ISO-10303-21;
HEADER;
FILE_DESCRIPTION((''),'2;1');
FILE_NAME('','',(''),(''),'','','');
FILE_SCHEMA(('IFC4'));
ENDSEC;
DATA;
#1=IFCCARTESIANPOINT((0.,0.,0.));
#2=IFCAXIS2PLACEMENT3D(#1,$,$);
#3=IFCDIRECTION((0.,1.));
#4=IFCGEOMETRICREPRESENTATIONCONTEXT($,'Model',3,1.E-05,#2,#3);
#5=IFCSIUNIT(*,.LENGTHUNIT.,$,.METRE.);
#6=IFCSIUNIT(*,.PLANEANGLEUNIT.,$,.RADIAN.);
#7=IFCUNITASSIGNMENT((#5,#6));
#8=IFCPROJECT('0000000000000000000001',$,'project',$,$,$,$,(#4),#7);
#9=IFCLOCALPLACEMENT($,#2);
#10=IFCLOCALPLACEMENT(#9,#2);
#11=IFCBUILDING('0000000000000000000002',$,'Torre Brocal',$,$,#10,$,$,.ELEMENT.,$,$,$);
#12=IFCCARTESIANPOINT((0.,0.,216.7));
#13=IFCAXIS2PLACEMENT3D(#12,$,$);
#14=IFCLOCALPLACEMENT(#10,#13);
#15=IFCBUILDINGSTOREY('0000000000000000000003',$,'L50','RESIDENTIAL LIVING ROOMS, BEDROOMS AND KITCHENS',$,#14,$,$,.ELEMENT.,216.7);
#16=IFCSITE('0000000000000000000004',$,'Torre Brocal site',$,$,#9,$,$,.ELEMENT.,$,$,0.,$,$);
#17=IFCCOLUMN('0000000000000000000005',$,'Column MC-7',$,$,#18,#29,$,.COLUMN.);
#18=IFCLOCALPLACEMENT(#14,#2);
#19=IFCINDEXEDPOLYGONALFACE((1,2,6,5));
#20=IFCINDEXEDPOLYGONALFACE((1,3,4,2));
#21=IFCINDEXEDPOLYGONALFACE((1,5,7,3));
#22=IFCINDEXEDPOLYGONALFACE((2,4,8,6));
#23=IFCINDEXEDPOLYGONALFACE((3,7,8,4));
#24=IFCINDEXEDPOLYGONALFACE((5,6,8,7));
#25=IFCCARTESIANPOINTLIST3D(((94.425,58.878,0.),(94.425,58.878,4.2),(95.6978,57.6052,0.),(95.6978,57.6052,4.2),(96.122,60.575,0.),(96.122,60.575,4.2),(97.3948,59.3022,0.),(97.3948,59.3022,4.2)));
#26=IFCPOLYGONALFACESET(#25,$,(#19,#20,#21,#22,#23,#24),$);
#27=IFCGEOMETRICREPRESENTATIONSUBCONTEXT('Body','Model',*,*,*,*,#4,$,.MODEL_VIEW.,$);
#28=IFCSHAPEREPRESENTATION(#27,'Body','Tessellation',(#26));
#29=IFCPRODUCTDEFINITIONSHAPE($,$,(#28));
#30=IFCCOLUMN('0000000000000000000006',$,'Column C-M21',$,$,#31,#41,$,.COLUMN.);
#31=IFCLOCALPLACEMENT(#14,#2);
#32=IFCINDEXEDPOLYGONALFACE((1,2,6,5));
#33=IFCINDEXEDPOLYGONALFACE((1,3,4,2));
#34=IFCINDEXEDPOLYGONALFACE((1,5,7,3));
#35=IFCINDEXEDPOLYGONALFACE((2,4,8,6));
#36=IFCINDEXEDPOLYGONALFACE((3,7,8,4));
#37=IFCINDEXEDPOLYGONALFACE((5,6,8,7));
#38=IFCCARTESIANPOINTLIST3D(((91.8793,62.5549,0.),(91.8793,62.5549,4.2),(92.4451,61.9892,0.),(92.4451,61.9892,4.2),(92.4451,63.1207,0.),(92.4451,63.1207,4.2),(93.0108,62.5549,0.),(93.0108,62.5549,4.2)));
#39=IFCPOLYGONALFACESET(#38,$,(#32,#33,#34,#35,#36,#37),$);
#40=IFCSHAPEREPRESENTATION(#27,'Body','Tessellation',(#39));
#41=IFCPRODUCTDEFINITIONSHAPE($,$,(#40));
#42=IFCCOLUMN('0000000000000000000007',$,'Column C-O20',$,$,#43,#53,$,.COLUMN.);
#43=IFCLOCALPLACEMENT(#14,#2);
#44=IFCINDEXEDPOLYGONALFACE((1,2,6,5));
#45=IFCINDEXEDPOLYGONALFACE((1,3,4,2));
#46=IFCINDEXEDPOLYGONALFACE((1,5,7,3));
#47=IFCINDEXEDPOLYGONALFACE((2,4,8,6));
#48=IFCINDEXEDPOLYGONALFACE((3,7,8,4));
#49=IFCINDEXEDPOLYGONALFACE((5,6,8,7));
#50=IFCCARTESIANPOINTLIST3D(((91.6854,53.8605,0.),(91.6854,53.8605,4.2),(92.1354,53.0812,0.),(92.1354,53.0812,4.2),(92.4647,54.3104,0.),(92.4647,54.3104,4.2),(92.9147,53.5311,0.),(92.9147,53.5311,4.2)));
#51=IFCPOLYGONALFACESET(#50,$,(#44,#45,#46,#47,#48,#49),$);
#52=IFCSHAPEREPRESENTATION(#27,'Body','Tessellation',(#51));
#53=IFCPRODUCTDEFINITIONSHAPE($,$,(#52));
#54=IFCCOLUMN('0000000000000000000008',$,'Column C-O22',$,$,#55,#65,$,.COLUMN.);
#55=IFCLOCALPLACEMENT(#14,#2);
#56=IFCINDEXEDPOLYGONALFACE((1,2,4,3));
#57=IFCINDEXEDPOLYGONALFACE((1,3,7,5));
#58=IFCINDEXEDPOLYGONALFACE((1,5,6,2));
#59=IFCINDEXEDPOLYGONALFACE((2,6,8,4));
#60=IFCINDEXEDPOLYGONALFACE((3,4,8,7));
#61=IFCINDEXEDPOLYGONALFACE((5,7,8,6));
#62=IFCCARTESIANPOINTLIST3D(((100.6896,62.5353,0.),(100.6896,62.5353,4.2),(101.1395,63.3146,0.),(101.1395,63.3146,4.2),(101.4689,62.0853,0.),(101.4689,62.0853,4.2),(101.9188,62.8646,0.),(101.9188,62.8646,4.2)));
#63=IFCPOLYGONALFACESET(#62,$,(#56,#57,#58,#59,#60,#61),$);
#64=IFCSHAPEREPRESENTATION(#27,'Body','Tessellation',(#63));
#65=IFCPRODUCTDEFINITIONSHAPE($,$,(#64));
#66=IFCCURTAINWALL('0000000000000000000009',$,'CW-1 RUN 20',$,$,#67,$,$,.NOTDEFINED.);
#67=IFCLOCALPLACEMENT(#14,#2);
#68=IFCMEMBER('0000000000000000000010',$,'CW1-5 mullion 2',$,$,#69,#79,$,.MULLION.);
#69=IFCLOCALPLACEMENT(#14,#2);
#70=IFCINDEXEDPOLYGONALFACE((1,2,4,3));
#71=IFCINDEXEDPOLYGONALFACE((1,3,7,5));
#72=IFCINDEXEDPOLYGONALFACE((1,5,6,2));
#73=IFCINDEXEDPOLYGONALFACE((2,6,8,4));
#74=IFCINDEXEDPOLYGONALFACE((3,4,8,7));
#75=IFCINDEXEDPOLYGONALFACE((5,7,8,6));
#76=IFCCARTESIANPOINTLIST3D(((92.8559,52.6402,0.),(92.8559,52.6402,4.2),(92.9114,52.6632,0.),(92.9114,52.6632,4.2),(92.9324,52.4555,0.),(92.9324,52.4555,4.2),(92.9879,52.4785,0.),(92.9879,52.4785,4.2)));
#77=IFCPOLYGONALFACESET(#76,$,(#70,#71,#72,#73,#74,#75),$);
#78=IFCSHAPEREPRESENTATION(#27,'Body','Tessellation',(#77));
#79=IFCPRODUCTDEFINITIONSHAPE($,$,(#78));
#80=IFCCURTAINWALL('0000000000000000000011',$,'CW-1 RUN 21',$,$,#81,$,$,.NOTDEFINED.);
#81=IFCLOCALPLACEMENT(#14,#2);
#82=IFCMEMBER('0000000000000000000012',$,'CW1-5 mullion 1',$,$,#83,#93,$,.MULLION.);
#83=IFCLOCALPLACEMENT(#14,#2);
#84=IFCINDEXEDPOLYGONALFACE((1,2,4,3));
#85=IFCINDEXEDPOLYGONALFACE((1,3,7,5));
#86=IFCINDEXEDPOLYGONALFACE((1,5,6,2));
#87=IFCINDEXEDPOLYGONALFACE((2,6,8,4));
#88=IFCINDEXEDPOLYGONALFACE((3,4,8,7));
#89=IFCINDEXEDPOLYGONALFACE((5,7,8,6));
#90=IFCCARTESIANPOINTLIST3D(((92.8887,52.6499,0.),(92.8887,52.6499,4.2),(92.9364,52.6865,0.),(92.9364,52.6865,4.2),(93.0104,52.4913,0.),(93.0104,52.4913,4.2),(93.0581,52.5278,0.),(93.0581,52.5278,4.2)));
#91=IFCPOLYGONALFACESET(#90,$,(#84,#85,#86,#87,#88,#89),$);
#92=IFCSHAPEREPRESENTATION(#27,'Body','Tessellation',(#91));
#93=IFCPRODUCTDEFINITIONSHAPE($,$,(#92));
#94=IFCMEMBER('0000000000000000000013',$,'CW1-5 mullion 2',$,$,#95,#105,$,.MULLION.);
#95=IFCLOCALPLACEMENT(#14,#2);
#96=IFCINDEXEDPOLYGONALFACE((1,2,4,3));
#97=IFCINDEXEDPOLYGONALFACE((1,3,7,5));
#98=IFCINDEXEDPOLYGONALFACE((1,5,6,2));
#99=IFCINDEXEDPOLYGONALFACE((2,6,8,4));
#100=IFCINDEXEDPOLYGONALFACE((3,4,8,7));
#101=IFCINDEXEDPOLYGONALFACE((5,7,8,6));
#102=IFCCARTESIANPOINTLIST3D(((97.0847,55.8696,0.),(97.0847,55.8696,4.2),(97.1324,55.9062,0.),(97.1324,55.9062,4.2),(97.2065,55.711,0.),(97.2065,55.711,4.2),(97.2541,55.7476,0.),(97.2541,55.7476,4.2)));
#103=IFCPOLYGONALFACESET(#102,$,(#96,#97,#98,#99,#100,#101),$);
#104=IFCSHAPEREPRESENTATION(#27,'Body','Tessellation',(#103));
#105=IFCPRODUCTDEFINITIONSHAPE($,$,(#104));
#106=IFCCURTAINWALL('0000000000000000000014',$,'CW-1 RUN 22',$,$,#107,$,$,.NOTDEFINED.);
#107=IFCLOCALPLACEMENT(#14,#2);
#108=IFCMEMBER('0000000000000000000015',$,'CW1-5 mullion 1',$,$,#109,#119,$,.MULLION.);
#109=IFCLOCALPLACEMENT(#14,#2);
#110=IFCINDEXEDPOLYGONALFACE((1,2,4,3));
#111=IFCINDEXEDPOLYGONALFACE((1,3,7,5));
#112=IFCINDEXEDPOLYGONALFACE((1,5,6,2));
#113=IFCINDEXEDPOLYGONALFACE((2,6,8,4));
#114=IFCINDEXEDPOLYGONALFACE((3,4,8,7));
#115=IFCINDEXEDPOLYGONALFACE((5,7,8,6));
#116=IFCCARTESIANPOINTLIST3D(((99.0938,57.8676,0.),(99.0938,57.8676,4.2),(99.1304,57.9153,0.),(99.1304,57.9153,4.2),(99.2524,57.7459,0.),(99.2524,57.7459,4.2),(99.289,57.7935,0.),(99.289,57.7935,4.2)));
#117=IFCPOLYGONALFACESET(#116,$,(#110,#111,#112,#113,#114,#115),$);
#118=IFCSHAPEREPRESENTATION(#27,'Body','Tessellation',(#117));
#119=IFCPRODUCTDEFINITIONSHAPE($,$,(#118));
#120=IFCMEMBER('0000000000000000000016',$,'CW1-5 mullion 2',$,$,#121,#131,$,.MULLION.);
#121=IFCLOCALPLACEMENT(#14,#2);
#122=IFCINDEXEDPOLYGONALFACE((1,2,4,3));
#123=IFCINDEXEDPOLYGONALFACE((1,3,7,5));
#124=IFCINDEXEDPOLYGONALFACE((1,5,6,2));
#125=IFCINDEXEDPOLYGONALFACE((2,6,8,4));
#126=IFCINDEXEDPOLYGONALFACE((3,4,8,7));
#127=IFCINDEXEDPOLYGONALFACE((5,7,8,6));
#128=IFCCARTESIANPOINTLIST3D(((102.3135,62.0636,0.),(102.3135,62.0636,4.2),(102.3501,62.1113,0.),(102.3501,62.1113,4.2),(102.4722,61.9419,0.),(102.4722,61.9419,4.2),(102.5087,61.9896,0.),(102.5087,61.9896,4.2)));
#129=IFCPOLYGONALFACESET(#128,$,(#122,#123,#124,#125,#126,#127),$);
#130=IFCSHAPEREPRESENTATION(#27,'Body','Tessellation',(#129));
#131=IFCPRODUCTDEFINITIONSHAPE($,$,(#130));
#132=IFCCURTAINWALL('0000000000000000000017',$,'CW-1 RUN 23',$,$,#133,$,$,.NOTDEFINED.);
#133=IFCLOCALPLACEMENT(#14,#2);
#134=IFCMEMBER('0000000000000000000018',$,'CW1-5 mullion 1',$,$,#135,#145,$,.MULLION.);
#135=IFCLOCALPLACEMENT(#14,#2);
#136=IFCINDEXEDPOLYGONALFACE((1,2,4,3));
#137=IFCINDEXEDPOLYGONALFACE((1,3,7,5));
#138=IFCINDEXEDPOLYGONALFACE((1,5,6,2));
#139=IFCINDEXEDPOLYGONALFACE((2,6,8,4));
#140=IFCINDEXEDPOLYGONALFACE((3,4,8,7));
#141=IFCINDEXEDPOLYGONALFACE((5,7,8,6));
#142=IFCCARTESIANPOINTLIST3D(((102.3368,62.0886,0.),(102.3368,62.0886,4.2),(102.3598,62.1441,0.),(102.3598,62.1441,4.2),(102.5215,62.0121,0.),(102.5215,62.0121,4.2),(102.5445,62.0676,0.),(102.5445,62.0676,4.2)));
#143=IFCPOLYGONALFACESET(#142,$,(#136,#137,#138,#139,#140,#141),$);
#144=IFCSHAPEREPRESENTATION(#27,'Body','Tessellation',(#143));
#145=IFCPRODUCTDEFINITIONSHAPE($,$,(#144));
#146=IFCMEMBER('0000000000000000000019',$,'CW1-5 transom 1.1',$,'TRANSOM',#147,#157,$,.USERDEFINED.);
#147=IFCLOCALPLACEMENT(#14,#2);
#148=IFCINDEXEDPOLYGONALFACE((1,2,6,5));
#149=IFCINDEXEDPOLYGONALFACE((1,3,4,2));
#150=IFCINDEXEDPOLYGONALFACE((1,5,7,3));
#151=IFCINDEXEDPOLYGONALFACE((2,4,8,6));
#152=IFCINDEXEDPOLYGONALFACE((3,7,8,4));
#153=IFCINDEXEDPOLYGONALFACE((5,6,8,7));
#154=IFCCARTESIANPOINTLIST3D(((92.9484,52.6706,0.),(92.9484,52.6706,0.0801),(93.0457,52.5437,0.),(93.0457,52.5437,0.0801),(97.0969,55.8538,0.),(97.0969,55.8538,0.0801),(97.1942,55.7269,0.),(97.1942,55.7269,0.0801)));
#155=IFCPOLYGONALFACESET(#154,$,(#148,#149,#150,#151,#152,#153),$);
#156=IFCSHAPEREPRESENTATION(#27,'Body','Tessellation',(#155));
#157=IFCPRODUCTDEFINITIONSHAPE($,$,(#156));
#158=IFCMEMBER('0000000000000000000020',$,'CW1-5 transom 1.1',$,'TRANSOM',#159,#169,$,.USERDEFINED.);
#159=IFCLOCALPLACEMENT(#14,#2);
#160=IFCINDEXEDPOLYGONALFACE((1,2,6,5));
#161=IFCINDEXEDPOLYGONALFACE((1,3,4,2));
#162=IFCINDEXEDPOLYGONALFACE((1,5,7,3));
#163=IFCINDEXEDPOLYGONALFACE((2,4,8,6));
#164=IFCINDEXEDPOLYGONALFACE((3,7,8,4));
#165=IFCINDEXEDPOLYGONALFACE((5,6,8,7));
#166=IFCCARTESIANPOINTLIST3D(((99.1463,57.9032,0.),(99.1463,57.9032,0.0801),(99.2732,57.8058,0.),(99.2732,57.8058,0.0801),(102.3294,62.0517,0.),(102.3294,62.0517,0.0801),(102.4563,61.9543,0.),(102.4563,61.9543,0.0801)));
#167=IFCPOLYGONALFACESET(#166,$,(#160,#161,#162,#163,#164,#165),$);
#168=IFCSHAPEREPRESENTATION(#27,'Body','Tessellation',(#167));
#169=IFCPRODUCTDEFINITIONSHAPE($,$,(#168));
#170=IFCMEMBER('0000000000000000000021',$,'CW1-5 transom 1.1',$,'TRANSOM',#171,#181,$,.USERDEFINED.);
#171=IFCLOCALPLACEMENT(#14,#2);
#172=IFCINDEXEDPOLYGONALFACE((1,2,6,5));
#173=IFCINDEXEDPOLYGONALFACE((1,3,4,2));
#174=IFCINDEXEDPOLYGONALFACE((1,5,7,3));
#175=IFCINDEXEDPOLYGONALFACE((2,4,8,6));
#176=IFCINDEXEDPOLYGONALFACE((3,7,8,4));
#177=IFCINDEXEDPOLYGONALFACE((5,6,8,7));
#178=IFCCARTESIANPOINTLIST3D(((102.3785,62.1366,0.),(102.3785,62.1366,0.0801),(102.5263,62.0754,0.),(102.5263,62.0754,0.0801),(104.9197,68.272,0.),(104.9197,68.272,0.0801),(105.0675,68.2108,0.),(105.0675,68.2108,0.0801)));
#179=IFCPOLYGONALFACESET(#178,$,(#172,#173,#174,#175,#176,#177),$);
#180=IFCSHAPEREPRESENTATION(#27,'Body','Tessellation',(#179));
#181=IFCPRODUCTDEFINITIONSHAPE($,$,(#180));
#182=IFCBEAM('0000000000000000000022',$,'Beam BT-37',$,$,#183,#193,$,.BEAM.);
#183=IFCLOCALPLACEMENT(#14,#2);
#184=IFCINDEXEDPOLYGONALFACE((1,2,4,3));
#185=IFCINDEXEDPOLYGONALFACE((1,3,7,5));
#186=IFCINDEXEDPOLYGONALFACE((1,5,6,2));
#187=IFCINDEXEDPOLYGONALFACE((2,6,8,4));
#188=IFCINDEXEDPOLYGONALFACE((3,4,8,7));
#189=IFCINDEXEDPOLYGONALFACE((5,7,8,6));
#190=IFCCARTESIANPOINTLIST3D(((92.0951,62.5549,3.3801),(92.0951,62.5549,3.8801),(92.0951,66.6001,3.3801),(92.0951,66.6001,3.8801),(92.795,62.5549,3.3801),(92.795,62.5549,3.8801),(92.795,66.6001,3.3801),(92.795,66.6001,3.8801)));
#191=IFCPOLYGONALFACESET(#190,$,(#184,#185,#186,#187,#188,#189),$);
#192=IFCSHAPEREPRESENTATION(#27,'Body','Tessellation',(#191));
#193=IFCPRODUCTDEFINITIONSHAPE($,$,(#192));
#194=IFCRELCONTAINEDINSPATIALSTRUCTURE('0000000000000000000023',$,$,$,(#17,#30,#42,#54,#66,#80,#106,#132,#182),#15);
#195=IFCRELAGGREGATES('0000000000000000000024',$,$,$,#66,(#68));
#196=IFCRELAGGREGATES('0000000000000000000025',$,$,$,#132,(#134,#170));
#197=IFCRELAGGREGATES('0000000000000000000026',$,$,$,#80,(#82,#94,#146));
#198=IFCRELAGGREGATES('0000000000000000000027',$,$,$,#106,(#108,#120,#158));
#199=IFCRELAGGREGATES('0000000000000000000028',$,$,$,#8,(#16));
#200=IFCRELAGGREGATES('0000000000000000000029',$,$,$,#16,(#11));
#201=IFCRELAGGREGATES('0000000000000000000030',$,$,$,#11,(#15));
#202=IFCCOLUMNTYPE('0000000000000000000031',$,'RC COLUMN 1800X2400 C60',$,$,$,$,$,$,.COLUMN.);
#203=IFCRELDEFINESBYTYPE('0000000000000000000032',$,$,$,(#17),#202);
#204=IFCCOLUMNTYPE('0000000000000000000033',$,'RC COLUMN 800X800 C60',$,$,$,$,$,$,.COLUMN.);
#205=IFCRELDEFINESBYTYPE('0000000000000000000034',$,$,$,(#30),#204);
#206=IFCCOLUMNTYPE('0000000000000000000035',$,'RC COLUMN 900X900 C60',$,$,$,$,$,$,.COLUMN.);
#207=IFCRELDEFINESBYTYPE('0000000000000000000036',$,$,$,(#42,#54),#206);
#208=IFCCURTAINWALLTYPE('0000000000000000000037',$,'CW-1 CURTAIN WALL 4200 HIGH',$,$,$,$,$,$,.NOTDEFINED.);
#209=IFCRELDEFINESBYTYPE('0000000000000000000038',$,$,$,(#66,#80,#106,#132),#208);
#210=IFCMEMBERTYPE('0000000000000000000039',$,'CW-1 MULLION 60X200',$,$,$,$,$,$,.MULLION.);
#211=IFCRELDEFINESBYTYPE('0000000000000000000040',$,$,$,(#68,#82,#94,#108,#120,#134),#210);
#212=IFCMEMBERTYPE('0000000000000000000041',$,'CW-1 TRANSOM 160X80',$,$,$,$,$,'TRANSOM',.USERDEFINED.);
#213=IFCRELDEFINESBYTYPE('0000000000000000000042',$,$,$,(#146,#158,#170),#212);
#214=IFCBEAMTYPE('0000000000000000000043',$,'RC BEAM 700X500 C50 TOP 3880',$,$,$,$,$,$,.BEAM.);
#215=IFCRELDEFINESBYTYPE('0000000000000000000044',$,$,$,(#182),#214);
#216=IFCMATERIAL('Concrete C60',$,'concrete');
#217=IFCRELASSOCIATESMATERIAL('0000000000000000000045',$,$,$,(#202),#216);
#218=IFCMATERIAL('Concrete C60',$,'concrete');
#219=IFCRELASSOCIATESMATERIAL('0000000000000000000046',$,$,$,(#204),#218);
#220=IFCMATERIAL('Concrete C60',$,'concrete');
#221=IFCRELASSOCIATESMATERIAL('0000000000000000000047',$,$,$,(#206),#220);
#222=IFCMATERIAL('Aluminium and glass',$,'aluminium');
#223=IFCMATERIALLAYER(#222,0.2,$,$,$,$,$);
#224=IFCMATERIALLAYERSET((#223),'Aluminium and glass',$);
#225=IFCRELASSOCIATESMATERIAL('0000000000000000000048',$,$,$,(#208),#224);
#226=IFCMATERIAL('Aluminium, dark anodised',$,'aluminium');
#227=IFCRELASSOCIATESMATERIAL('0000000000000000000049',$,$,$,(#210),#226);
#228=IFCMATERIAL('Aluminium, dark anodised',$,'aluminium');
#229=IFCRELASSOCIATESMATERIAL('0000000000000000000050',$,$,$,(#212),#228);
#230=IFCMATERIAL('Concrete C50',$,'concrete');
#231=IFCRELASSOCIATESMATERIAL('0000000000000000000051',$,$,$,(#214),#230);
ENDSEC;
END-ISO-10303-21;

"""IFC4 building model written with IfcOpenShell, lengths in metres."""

from ifc_helpers import new_model, si_unit, direction, frame, origin, origin_2d, place, context, subcontext, project, spatial, rectangle, extrude, material, layer, layer_set, material_profile, profile_set, type_object, element, aggregate, save


model = new_model("IFC4")

# Units and contexts
model_context = context("Model", 3, precision=1e-05, world=origin(), true_north=direction((0.0, 1.0)))
body_context = subcontext(model_context, "Body", "Model", "MODEL_VIEW")
ifc_project = project(units=[si_unit("LENGTHUNIT", "METRE"), si_unit("PLANEANGLEUNIT", "RADIAN")], contexts=[model_context])

# Site, building, storey
site_placement = place(None, origin())
site = spatial("IfcSite", under=ifc_project, at=site_placement, Name="Torre Brocal site", CompositionType="ELEMENT", RefElevation=0.0)
building_placement = place(site_placement, origin())
building = spatial("IfcBuilding", under=site, at=building_placement, Name="Torre Brocal", CompositionType="ELEMENT")
storey_placement = place(building_placement, frame((0.0, 0.0, 216.7)))
storey = spatial("IfcBuildingStorey", under=building, at=storey_placement, Name="L50", Description="RESIDENTIAL LIVING ROOMS, BEDROOMS AND KITCHENS", CompositionType="ELEMENT", Elevation=216.7)

# Columns
ifc_material_1 = material(Name="Concrete C60", Category="concrete")
ifc_material_profile_1 = material_profile(ifc_material_1, rectangle(XDim=1.8, YDim=2.3999, at=origin_2d()), Name="RC 1800X2400")
ifc_profile_set_1 = profile_set([ifc_material_profile_1], Name="Concrete C60")
column_type_1 = type_object("IfcColumnType", Name="RC COLUMN 1800X2400 C60", PredefinedType="COLUMN", material=ifc_profile_set_1)
column_1_placement = place(storey_placement, frame((95.9099, 59.0901, 0.0), z_axis=(0.0, 0.0, 1.0), x_axis=(0.707107, -0.707107, 0.0)))
element("IfcColumn", 1, at=column_1_placement, inside=storey, type_object=column_type_1, Name="Column MC-7", PredefinedType="COLUMN", context=body_context, shape_type="SweptSolid", body=[
    extrude(rectangle(XDim=1.8, YDim=2.3999, at=origin_2d()), origin(), (0.0, 0.0, 1.0), 4.2),
])
ifc_material_2 = material(Name="Concrete C60", Category="concrete")
ifc_material_profile_2 = material_profile(ifc_material_2, rectangle(XDim=0.8, YDim=0.8, at=origin_2d()), Name="RC 800X800")
ifc_profile_set_2 = profile_set([ifc_material_profile_2], Name="Concrete C60")
column_type_2 = type_object("IfcColumnType", Name="RC COLUMN 800X800 C60", PredefinedType="COLUMN", material=ifc_profile_set_2)
column_2_placement = place(storey_placement, frame((92.4451, 62.5549, 0.0), z_axis=(0.0, 0.0, 1.0), x_axis=(0.707107, -0.707107, 0.0)))
element("IfcColumn", 2, at=column_2_placement, inside=storey, type_object=column_type_2, Name="Column C-M21", PredefinedType="COLUMN", context=body_context, shape_type="SweptSolid", body=[
    extrude(rectangle(XDim=0.8, YDim=0.8, at=origin_2d()), origin(), (0.0, 0.0, 1.0), 4.2),
])
ifc_material_3 = material(Name="Concrete C60", Category="concrete")
ifc_material_profile_3 = material_profile(ifc_material_3, rectangle(XDim=0.8999, YDim=0.8999, at=origin_2d()), Name="RC 900X900")
ifc_profile_set_3 = profile_set([ifc_material_profile_3], Name="Concrete C60")
column_type_3 = type_object("IfcColumnType", Name="RC COLUMN 900X900 C60", PredefinedType="COLUMN", material=ifc_profile_set_3)
for number, where, z_axis, x_axis, name in (
    (3, (92.3, 53.6958, 0.0), (0.0, 0.0, 1.0), (0.5, -0.866025, 0.0), "Column C-O20"),
    (4, (101.3042, 62.7, 0.0), (0.0, 0.0, 1.0), (0.866025, -0.5, 0.0), "Column C-O22"),
):
    element("IfcColumn", number, at=place(storey_placement, frame(where, z_axis=z_axis, x_axis=x_axis)), inside=storey, type_object=column_type_3, Name=name, PredefinedType="COLUMN", context=body_context, shape_type="SweptSolid", body=[
        extrude(rectangle(XDim=0.8999, YDim=0.8999, at=origin_2d()), origin(), (0.0, 0.0, 1.0), 4.2),
    ])

# Curtain wall, member
ifc_material_4 = material(Name="Aluminium and glass", Category="aluminium")
ifc_layer_1 = layer(ifc_material_4, 0.2)
ifc_layer_set_1 = layer_set([ifc_layer_1], Name="Aluminium and glass")
curtain_wall_type = type_object("IfcCurtainWallType", Name="CW-1 CURTAIN WALL 4200 HIGH", PredefinedType="NOTDEFINED", material=ifc_layer_set_1)
curtain_wall_1_placement = place(storey_placement, origin())
curtain_wall_1 = element("IfcCurtainWall", 5, at=curtain_wall_1_placement, inside=storey, type_object=curtain_wall_type, Name="CW-1 RUN 20", PredefinedType="NOTDEFINED")
ifc_material_5 = material(Name="Aluminium, dark anodised", Category="aluminium")
ifc_material_profile_4 = material_profile(ifc_material_5, rectangle(XDim=0.2, YDim=0.0601, at=origin_2d()), Name="CW-1 MULLION 60X200")
ifc_profile_set_4 = profile_set([ifc_material_profile_4], Name="Aluminium, dark anodised")
member_type_1 = type_object("IfcMemberType", Name="CW-1 MULLION 60X200", PredefinedType="MULLION", material=ifc_profile_set_4)
member_1_placement = place(storey_placement, frame((92.9219, 52.5593, 0.0), z_axis=(0.0, 0.0, 1.0), x_axis=(-0.382683, 0.92388, 0.0)))
member_1 = element("IfcMember", 6, at=member_1_placement, type_object=member_type_1, Name="CW1-5 mullion 2", PredefinedType="MULLION", context=body_context, shape_type="SweptSolid", body=[
    extrude(rectangle(XDim=0.2, YDim=0.0601, at=origin_2d()), origin(), (0.0, 0.0, 1.0), 4.2),
])
aggregate(curtain_wall_1, [member_1])

# Curtain walls, members
curtain_wall_2_placement = place(storey_placement, origin())
curtain_wall_2 = element("IfcCurtainWall", 7, at=curtain_wall_2_placement, inside=storey, type_object=curtain_wall_type, Name="CW-1 RUN 21", PredefinedType="NOTDEFINED")
member_2_placement = place(storey_placement, frame((92.9734, 52.5889, 0.0), z_axis=(0.0, 0.0, 1.0), x_axis=(-0.608761, 0.793353, 0.0)))
member_2 = element("IfcMember", 8, at=member_2_placement, type_object=member_type_1, Name="CW1-5 mullion 1", PredefinedType="MULLION", context=body_context, shape_type="SweptSolid", body=[
    extrude(rectangle(XDim=0.2, YDim=0.0601, at=origin_2d()), origin(), (0.0, 0.0, 1.0), 4.2),
])
member_3_placement = place(storey_placement, frame((97.1694, 55.8086, 0.0), z_axis=(0.0, 0.0, 1.0), x_axis=(-0.608761, 0.793353, 0.0)))
member_3 = element("IfcMember", 9, at=member_3_placement, type_object=member_type_1, Name="CW1-5 mullion 2", PredefinedType="MULLION", context=body_context, shape_type="SweptSolid", body=[
    extrude(rectangle(XDim=0.2, YDim=0.0601, at=origin_2d()), origin(), (0.0, 0.0, 1.0), 4.2),
])
curtain_wall_3_placement = place(storey_placement, origin())
curtain_wall_3 = element("IfcCurtainWall", 10, at=curtain_wall_3_placement, inside=storey, type_object=curtain_wall_type, Name="CW-1 RUN 22", PredefinedType="NOTDEFINED")
member_4_placement = place(storey_placement, frame((99.1914, 57.8306, 0.0), z_axis=(0.0, 0.0, 1.0), x_axis=(-0.793353, 0.608761, 0.0)))
member_4 = element("IfcMember", 11, at=member_4_placement, type_object=member_type_1, Name="CW1-5 mullion 1", PredefinedType="MULLION", context=body_context, shape_type="SweptSolid", body=[
    extrude(rectangle(XDim=0.2, YDim=0.0601, at=origin_2d()), origin(), (0.0, 0.0, 1.0), 4.2),
])
member_5_placement = place(storey_placement, frame((102.4111, 62.0266, 0.0), z_axis=(0.0, 0.0, 1.0), x_axis=(-0.793353, 0.608761, 0.0)))
member_5 = element("IfcMember", 12, at=member_5_placement, type_object=member_type_1, Name="CW1-5 mullion 2", PredefinedType="MULLION", context=body_context, shape_type="SweptSolid", body=[
    extrude(rectangle(XDim=0.2, YDim=0.0601, at=origin_2d()), origin(), (0.0, 0.0, 1.0), 4.2),
])

# Curtain wall, member
curtain_wall_4_placement = place(storey_placement, origin())
curtain_wall_4 = element("IfcCurtainWall", 13, at=curtain_wall_4_placement, inside=storey, type_object=curtain_wall_type, Name="CW-1 RUN 23", PredefinedType="NOTDEFINED")
member_6_placement = place(storey_placement, frame((102.4407, 62.0781, 0.0), z_axis=(0.0, 0.0, 1.0), x_axis=(-0.92388, 0.382683, 0.0)))
member_6 = element("IfcMember", 14, at=member_6_placement, type_object=member_type_1, Name="CW1-5 mullion 1", PredefinedType="MULLION", context=body_context, shape_type="SweptSolid", body=[
    extrude(rectangle(XDim=0.2, YDim=0.0601, at=origin_2d()), origin(), (0.0, 0.0, 1.0), 4.2),
])

# Members
ifc_material_6 = material(Name="Aluminium, dark anodised", Category="aluminium")
ifc_material_profile_5 = material_profile(ifc_material_6, rectangle(XDim=0.1599, YDim=0.0801, at=origin_2d()), Name="CW-1 TRANSOM 160X80")
ifc_profile_set_5 = profile_set([ifc_material_profile_5], Name="Aluminium, dark anodised")
member_type_2 = type_object("IfcMemberType", Name="CW-1 TRANSOM 160X80", ElementType="TRANSOM", PredefinedType="USERDEFINED", material=ifc_profile_set_5)
member_7_placement = place(storey_placement, frame((92.9971, 52.6072, 0.04), z_axis=(0.793363, 0.608749, 0.0), x_axis=(-0.608749, 0.793363, 0.0)))
member_7 = element("IfcMember", 15, at=member_7_placement, type_object=member_type_2, Name="CW1-5 transom 1.1", ObjectType="TRANSOM", PredefinedType="USERDEFINED", context=body_context, shape_type="SweptSolid", body=[
    extrude(rectangle(XDim=0.1599, YDim=0.0801, at=origin_2d()), origin(), (0.0, 0.0, 1.0), 5.229),
])
member_8_placement = place(storey_placement, frame((99.2097, 57.8545, 0.04), z_axis=(0.608749, 0.793363, 0.0), x_axis=(-0.793363, 0.608749, 0.0)))
member_8 = element("IfcMember", 16, at=member_8_placement, type_object=member_type_2, Name="CW1-5 transom 1.1", ObjectType="TRANSOM", PredefinedType="USERDEFINED", context=body_context, shape_type="SweptSolid", body=[
    extrude(rectangle(XDim=0.1599, YDim=0.0801, at=origin_2d()), origin(), (0.0, 0.0, 1.0), 5.229),
])
member_9_placement = place(storey_placement, frame((102.4524, 62.106, 0.04), z_axis=(0.382665, 0.923887, 0.0), x_axis=(-0.923887, 0.382665, 0.0)))
member_9 = element("IfcMember", 17, at=member_9_placement, type_object=member_type_2, Name="CW1-5 transom 1.1", ObjectType="TRANSOM", PredefinedType="USERDEFINED", context=body_context, shape_type="SweptSolid", body=[
    extrude(rectangle(XDim=0.1599, YDim=0.0801, at=origin_2d()), origin(), (0.0, 0.0, 1.0), 6.6409),
])
aggregate(curtain_wall_4, [member_6, member_9])

# Beam
ifc_material_7 = material(Name="Concrete C50", Category="concrete")
ifc_material_profile_6 = material_profile(ifc_material_7, rectangle(XDim=0.7, YDim=0.5, at=origin_2d()), Name="RC 700X500")
ifc_profile_set_6 = profile_set([ifc_material_profile_6], Name="Concrete C50")
beam_type_1 = type_object("IfcBeamType", Name="RC BEAM 700X500 C50 TOP 3880", PredefinedType="BEAM", material=ifc_profile_set_6)
beam_placement = place(storey_placement, frame((92.4451, 62.5549, 3.6301), z_axis=(0.0, 1.0, 0.0), x_axis=(-1.0, 0.0, 0.0)))
element("IfcBeam", 18, at=beam_placement, inside=storey, type_object=beam_type_1, Name="Beam BT-37", PredefinedType="BEAM", context=body_context, shape_type="SweptSolid", body=[
    extrude(rectangle(XDim=0.7, YDim=0.5, at=origin_2d()), origin(), (0.0, 0.0, 1.0), 4.0452),
])

aggregate(curtain_wall_2, [member_2, member_3, member_7])
aggregate(curtain_wall_3, [member_4, member_5, member_8])

save(model, "model.ifc")
